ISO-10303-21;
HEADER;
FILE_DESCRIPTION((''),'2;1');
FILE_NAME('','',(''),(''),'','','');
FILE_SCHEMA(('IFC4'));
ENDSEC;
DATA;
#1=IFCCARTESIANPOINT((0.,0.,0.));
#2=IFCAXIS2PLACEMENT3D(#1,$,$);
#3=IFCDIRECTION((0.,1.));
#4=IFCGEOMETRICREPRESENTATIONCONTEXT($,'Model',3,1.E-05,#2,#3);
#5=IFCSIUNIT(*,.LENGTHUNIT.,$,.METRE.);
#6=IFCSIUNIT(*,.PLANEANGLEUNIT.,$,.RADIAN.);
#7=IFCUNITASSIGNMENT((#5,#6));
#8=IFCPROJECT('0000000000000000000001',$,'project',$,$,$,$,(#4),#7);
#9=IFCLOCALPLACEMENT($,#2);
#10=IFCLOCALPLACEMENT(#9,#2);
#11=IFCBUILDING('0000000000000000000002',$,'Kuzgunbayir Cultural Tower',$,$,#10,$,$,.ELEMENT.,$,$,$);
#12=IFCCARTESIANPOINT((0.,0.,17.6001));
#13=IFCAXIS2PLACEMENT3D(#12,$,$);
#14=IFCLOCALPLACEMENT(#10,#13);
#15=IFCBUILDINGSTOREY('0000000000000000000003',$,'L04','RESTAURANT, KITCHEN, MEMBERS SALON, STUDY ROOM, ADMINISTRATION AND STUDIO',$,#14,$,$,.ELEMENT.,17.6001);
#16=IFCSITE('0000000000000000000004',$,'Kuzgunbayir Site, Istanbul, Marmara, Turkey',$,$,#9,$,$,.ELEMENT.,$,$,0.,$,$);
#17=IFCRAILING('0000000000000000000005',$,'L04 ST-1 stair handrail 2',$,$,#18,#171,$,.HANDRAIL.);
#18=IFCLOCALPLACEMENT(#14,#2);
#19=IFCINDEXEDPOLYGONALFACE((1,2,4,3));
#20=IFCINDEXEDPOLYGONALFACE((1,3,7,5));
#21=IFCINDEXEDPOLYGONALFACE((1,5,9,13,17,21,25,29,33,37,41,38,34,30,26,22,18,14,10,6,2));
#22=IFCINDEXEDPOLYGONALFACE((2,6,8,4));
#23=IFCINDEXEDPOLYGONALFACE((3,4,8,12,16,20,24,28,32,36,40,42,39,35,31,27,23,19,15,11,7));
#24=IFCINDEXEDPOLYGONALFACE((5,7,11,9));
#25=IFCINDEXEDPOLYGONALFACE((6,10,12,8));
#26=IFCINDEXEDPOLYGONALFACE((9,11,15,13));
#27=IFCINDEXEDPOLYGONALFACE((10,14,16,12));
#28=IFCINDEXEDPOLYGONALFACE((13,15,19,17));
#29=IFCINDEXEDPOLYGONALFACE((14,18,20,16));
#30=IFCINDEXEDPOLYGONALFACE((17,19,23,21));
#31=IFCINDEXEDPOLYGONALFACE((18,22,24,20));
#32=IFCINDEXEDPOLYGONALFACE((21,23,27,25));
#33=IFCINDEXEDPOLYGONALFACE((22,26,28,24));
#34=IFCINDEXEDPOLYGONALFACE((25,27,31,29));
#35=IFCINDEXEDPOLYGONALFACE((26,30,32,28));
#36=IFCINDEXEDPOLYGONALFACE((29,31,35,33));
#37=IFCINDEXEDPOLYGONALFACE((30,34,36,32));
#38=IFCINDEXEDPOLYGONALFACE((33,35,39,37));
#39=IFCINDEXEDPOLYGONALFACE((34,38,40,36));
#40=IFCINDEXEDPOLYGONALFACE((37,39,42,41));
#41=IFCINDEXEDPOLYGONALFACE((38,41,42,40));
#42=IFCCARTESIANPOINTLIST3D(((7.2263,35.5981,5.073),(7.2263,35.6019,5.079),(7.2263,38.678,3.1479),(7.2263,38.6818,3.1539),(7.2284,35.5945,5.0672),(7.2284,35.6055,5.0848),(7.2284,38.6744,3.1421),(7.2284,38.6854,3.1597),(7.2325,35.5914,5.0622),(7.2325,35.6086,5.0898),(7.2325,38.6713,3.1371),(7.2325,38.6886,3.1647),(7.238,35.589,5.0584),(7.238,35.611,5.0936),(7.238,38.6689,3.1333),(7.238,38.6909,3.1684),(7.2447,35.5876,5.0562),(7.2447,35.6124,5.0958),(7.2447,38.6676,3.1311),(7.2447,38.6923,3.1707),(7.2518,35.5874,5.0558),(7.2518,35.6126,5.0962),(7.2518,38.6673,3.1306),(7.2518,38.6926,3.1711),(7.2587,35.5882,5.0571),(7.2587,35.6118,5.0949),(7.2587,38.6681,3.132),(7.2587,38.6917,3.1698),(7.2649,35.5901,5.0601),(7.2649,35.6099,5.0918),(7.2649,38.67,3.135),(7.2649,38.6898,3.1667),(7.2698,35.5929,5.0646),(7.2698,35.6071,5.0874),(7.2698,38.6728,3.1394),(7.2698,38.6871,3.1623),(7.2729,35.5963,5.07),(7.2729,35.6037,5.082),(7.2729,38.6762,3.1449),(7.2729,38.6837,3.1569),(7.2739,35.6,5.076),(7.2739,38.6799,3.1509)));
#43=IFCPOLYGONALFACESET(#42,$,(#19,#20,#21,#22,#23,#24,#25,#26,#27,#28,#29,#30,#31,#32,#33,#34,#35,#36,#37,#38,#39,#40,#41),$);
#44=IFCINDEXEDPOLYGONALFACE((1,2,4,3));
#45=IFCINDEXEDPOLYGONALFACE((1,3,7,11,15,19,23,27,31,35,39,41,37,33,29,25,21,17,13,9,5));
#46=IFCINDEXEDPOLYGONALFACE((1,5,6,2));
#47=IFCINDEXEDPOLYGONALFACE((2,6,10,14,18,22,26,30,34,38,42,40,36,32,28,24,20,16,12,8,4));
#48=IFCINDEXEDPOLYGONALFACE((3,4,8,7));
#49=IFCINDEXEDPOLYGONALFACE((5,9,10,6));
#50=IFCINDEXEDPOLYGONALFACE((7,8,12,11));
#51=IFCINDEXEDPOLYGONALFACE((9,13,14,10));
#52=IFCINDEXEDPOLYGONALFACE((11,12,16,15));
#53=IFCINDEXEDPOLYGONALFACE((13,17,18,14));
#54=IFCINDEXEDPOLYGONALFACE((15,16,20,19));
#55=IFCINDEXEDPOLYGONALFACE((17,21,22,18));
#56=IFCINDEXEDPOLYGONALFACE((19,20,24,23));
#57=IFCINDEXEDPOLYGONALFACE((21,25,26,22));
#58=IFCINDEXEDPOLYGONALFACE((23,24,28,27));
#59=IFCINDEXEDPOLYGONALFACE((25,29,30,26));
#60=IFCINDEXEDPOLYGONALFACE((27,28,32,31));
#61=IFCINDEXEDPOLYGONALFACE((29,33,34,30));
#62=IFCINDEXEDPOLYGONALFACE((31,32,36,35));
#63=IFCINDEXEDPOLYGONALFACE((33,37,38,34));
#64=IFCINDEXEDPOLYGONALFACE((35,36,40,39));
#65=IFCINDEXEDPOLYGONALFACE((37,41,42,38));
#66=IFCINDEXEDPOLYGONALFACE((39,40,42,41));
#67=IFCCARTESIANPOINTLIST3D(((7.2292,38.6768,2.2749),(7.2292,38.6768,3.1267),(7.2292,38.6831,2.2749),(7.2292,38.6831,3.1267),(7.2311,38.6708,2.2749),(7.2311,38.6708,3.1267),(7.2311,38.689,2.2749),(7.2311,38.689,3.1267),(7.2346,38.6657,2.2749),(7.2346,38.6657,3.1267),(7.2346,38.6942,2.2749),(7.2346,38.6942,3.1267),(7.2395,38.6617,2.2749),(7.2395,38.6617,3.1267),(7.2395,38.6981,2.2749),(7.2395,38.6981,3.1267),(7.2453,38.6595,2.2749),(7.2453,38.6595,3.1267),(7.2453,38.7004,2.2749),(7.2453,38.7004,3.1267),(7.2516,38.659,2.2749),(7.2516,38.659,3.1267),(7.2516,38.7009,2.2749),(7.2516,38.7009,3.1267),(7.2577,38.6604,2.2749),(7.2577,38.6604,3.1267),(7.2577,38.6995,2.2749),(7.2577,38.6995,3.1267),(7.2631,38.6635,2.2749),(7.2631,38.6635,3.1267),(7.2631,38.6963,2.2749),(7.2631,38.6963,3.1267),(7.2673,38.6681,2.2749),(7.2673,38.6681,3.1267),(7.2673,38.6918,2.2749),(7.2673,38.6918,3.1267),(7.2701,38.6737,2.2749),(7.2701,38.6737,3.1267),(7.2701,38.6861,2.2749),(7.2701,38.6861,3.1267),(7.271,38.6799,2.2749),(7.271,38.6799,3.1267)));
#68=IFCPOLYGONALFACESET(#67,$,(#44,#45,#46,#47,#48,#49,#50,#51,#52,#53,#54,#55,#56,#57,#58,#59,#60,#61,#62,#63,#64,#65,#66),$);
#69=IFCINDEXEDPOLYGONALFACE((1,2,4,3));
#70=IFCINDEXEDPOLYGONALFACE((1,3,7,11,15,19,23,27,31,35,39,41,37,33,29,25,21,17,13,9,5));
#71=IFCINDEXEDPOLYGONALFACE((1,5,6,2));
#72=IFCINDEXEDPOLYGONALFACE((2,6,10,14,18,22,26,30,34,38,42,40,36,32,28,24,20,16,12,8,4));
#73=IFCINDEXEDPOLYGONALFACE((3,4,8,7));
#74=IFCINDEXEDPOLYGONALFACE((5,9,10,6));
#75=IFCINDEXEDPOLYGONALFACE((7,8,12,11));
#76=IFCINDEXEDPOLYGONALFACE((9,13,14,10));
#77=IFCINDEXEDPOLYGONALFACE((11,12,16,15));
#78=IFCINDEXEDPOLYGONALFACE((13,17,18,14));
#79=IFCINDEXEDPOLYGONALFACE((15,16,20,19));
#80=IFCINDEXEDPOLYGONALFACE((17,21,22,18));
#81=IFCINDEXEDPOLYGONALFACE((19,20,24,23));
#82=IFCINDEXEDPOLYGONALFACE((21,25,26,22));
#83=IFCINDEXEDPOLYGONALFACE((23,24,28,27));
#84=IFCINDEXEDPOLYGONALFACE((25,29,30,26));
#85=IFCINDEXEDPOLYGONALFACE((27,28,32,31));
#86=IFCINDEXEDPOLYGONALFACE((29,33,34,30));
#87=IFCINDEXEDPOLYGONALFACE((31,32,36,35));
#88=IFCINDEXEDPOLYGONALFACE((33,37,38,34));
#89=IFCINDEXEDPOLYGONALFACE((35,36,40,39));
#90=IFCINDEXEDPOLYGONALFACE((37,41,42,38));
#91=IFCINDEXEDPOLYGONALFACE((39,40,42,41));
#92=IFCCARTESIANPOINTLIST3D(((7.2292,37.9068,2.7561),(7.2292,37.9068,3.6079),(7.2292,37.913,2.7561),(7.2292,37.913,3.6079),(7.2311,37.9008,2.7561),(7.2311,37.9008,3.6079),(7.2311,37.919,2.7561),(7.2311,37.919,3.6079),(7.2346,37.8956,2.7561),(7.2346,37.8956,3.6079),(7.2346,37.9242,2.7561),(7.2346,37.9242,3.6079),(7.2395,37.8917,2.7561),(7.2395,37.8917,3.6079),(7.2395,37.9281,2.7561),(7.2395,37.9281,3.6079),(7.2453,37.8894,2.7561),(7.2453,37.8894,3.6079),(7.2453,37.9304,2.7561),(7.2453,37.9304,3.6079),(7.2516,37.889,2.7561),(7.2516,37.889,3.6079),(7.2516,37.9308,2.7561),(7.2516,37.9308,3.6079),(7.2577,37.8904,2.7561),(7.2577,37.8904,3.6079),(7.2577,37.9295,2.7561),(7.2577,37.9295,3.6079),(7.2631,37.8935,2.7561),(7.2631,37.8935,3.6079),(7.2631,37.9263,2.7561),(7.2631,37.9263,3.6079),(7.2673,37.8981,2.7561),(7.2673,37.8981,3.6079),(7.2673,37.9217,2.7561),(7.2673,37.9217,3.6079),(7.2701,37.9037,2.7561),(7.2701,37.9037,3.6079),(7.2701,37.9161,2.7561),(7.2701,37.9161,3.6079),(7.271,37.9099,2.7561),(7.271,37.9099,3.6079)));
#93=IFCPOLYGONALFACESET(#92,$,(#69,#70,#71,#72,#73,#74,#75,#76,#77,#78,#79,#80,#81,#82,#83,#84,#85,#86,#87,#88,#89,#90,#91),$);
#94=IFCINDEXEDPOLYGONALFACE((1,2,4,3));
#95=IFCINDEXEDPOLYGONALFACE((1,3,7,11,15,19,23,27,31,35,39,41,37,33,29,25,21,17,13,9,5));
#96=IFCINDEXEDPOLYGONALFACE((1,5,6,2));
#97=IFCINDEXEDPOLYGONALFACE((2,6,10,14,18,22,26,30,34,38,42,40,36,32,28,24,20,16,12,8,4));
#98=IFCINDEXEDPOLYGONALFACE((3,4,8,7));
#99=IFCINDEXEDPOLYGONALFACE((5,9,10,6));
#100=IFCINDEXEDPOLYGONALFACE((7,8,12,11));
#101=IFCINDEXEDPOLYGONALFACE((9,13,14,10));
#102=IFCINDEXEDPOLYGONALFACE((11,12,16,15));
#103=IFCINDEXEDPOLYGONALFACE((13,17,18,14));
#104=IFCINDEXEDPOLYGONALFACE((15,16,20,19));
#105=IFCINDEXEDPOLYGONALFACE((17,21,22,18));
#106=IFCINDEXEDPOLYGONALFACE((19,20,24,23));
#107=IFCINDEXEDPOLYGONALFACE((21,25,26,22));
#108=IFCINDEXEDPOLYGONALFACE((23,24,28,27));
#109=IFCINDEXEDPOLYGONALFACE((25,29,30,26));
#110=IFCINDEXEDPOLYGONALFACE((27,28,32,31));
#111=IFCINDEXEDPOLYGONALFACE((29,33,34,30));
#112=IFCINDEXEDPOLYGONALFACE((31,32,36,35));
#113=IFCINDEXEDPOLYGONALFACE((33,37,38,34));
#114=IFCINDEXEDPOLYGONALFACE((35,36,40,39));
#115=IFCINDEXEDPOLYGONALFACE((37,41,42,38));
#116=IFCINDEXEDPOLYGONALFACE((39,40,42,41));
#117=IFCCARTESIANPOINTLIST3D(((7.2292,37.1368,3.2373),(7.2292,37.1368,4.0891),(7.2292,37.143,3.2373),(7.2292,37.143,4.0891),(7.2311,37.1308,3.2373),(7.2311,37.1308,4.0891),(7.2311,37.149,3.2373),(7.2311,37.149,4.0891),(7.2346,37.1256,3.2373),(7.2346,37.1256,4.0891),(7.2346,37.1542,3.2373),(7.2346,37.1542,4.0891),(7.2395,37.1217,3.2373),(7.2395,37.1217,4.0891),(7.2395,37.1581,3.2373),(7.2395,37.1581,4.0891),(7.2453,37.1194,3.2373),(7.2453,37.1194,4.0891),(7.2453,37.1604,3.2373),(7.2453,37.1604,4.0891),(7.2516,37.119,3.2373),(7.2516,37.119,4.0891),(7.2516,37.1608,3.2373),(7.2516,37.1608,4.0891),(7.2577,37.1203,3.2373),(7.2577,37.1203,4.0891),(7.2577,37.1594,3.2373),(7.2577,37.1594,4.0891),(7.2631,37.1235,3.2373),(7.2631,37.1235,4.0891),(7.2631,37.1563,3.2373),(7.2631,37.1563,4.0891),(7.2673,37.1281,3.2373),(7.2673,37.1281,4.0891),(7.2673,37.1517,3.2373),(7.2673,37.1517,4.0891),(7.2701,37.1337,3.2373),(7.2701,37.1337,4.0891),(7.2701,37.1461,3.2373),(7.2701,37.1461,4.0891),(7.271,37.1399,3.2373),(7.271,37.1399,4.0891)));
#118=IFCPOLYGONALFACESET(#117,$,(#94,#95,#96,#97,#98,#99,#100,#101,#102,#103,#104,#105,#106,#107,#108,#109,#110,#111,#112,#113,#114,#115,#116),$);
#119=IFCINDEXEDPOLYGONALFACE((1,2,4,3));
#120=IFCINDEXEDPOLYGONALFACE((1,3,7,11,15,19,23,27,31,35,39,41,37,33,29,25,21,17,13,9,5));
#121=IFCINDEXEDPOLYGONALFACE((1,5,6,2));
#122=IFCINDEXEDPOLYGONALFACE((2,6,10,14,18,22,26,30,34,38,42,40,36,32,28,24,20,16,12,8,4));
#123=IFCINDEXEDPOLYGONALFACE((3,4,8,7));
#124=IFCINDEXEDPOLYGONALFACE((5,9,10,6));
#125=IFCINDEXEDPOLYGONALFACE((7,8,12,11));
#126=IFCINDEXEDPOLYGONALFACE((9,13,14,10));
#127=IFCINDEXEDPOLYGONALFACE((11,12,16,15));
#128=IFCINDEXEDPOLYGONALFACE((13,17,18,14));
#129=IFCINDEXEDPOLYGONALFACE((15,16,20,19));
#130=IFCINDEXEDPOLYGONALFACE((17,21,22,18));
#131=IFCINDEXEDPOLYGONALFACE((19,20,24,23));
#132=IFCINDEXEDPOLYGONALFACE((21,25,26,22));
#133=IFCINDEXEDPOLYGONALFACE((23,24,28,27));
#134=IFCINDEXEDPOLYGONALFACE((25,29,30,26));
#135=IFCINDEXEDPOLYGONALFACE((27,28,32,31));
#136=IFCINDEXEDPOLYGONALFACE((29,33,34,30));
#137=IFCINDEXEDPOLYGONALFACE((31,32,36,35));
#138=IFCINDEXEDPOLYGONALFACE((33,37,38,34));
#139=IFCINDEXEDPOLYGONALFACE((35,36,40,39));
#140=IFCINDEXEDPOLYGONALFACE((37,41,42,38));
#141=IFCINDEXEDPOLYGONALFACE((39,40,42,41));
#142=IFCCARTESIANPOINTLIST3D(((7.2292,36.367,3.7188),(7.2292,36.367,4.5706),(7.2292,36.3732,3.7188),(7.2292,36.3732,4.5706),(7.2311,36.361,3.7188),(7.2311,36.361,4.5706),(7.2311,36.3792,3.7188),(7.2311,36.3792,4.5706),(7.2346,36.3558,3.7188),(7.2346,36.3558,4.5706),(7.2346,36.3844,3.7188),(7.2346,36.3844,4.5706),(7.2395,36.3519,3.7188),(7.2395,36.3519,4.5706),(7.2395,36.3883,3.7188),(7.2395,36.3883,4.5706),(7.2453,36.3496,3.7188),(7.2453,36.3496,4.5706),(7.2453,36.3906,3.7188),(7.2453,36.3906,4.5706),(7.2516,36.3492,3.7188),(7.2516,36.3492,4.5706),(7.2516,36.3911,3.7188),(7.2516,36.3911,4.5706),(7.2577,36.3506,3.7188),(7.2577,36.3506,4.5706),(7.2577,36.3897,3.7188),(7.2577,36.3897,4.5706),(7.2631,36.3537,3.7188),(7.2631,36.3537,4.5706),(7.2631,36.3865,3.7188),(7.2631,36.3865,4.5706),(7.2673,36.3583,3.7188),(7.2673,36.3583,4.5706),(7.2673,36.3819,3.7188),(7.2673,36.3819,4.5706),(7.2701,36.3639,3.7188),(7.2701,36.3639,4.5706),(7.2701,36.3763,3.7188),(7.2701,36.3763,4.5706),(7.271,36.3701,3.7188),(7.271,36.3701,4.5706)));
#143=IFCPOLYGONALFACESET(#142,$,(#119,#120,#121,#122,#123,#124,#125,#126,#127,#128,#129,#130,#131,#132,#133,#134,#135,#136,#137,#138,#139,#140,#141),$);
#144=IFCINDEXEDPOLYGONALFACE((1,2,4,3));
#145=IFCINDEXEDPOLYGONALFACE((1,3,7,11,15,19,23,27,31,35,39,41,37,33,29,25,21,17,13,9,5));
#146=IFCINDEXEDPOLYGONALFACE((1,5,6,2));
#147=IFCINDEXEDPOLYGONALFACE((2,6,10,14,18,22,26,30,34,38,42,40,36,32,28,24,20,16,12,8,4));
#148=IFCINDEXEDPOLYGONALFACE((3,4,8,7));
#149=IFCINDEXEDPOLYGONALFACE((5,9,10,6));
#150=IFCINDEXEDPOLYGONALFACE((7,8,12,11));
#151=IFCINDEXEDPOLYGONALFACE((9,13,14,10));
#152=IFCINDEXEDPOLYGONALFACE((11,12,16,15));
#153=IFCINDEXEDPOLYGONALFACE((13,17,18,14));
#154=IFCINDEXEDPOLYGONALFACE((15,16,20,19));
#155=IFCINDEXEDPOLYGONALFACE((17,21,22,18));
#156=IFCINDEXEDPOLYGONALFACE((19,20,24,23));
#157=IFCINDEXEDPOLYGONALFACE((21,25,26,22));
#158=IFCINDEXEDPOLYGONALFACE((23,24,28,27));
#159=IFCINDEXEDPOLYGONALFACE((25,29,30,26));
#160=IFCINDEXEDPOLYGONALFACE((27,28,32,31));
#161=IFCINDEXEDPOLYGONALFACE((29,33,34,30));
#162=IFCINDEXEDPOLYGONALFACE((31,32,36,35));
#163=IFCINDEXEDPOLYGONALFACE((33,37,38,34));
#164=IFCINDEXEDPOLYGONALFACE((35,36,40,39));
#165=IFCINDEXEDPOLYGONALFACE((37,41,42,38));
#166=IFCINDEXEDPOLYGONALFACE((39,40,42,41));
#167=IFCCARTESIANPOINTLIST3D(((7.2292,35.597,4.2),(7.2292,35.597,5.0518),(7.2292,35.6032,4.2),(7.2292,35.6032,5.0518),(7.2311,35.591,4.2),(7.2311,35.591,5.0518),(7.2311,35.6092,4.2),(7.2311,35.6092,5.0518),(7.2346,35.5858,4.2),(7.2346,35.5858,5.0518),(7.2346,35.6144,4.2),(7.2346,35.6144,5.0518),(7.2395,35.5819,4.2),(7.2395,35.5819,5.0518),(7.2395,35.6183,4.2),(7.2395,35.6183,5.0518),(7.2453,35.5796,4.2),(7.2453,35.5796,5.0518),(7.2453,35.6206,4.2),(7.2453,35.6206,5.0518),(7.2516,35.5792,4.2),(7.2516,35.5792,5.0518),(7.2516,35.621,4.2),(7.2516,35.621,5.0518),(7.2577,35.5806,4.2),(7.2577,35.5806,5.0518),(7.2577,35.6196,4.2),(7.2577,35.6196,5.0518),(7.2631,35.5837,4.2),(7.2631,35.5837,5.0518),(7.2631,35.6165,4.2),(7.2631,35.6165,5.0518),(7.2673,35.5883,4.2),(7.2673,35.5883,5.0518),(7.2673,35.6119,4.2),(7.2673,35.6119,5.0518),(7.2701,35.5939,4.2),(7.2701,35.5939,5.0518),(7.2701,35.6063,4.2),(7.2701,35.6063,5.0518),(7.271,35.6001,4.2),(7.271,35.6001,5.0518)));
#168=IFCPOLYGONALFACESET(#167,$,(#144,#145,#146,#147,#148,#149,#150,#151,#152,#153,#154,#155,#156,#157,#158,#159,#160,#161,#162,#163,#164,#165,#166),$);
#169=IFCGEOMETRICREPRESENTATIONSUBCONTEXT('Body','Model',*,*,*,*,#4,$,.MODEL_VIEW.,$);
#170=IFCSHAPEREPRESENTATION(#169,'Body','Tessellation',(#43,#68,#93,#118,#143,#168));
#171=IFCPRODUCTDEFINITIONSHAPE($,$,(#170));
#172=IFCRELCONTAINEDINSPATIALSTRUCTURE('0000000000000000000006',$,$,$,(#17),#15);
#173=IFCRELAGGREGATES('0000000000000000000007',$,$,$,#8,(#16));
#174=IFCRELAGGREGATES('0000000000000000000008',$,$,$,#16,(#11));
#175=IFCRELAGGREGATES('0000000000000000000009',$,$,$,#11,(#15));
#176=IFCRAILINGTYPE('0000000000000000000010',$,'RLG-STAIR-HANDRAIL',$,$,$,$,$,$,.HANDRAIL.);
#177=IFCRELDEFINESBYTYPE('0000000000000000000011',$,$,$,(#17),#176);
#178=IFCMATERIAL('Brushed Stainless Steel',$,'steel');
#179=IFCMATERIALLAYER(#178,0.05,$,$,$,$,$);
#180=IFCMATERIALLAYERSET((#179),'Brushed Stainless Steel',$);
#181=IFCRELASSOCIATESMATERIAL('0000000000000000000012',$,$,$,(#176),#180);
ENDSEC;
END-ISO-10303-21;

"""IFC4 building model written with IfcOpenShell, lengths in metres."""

from ifc_helpers import new_model, si_unit, direction, frame, origin, origin_2d, place, context, subcontext, project, spatial, circle, extrude, material, layer, layer_set, type_object, element, save


model = new_model("IFC4")

# Units and contexts
model_context = context("Model", 3, precision=1e-05, world=origin(), true_north=direction((0.0, 1.0)))
body_context = subcontext(model_context, "Body", "Model", "MODEL_VIEW")
ifc_project = project(units=[si_unit("LENGTHUNIT", "METRE"), si_unit("PLANEANGLEUNIT", "RADIAN")], contexts=[model_context])

# Site, building, storey
site_placement = place(None, origin())
site = spatial("IfcSite", under=ifc_project, at=site_placement, Name="Kuzgunbayir Site, Istanbul, Marmara, Turkey", CompositionType="ELEMENT", RefElevation=0.0)
building_placement = place(site_placement, origin())
building = spatial("IfcBuilding", under=site, at=building_placement, Name="Kuzgunbayir Cultural Tower", CompositionType="ELEMENT")
storey_placement = place(building_placement, frame((0.0, 0.0, 17.6001)))
storey = spatial("IfcBuildingStorey", under=building, at=storey_placement, Name="L04", Description="RESTAURANT, KITCHEN, MEMBERS SALON, STUDY ROOM, ADMINISTRATION AND STUDIO", CompositionType="ELEMENT", Elevation=17.6001)

# Shared definitions
ifc_material_1 = material(Name="Brushed Stainless Steel", Category="steel")

# Railing
ifc_layer_1 = layer(ifc_material_1, 0.05)
ifc_layer_set_1 = layer_set([ifc_layer_1], Name="Brushed Stainless Steel")
railing_type_1 = type_object("IfcRailingType", Name="RLG-STAIR-HANDRAIL", PredefinedType="HANDRAIL", material=ifc_layer_set_1)
railing_1_placement = place(storey_placement, frame((7.25, 38.6799, 2.2749)))
element("IfcRailing", 1, at=railing_1_placement, inside=storey, type_object=railing_type_1, Name="L04 ST-1 stair handrail 2", PredefinedType="HANDRAIL", context=body_context, shape_type="SweptSolid", body=[
    extrude(circle(Radius=0.0239, at=origin_2d()), frame((0.0, 0.0, 0.876), z_axis=(0.0, -0.847979, 0.530029), x_axis=(1.0, 0.0, 0.0)), (0.0, 0.0, 1.0), 3.6321),
    extrude(circle(Radius=0.021, at=origin_2d()), origin(), (0.0, 0.0, 1.0), 0.8518),
    extrude(circle(Radius=0.021, at=origin_2d()), frame((0.0, -0.77, 0.4812)), (0.0, 0.0, 1.0), 0.8518),
    extrude(circle(Radius=0.021, at=origin_2d()), frame((0.0, -1.54, 0.9624)), (0.0, 0.0, 1.0), 0.8518),
    extrude(circle(Radius=0.021, at=origin_2d()), frame((0.0, -2.3098, 1.4438)), (0.0, 0.0, 1.0), 0.8518),
    extrude(circle(Radius=0.021, at=origin_2d()), frame((0.0, -3.0798, 1.925)), (0.0, 0.0, 1.0), 0.8518),
])

save(model, "model.ifc")
